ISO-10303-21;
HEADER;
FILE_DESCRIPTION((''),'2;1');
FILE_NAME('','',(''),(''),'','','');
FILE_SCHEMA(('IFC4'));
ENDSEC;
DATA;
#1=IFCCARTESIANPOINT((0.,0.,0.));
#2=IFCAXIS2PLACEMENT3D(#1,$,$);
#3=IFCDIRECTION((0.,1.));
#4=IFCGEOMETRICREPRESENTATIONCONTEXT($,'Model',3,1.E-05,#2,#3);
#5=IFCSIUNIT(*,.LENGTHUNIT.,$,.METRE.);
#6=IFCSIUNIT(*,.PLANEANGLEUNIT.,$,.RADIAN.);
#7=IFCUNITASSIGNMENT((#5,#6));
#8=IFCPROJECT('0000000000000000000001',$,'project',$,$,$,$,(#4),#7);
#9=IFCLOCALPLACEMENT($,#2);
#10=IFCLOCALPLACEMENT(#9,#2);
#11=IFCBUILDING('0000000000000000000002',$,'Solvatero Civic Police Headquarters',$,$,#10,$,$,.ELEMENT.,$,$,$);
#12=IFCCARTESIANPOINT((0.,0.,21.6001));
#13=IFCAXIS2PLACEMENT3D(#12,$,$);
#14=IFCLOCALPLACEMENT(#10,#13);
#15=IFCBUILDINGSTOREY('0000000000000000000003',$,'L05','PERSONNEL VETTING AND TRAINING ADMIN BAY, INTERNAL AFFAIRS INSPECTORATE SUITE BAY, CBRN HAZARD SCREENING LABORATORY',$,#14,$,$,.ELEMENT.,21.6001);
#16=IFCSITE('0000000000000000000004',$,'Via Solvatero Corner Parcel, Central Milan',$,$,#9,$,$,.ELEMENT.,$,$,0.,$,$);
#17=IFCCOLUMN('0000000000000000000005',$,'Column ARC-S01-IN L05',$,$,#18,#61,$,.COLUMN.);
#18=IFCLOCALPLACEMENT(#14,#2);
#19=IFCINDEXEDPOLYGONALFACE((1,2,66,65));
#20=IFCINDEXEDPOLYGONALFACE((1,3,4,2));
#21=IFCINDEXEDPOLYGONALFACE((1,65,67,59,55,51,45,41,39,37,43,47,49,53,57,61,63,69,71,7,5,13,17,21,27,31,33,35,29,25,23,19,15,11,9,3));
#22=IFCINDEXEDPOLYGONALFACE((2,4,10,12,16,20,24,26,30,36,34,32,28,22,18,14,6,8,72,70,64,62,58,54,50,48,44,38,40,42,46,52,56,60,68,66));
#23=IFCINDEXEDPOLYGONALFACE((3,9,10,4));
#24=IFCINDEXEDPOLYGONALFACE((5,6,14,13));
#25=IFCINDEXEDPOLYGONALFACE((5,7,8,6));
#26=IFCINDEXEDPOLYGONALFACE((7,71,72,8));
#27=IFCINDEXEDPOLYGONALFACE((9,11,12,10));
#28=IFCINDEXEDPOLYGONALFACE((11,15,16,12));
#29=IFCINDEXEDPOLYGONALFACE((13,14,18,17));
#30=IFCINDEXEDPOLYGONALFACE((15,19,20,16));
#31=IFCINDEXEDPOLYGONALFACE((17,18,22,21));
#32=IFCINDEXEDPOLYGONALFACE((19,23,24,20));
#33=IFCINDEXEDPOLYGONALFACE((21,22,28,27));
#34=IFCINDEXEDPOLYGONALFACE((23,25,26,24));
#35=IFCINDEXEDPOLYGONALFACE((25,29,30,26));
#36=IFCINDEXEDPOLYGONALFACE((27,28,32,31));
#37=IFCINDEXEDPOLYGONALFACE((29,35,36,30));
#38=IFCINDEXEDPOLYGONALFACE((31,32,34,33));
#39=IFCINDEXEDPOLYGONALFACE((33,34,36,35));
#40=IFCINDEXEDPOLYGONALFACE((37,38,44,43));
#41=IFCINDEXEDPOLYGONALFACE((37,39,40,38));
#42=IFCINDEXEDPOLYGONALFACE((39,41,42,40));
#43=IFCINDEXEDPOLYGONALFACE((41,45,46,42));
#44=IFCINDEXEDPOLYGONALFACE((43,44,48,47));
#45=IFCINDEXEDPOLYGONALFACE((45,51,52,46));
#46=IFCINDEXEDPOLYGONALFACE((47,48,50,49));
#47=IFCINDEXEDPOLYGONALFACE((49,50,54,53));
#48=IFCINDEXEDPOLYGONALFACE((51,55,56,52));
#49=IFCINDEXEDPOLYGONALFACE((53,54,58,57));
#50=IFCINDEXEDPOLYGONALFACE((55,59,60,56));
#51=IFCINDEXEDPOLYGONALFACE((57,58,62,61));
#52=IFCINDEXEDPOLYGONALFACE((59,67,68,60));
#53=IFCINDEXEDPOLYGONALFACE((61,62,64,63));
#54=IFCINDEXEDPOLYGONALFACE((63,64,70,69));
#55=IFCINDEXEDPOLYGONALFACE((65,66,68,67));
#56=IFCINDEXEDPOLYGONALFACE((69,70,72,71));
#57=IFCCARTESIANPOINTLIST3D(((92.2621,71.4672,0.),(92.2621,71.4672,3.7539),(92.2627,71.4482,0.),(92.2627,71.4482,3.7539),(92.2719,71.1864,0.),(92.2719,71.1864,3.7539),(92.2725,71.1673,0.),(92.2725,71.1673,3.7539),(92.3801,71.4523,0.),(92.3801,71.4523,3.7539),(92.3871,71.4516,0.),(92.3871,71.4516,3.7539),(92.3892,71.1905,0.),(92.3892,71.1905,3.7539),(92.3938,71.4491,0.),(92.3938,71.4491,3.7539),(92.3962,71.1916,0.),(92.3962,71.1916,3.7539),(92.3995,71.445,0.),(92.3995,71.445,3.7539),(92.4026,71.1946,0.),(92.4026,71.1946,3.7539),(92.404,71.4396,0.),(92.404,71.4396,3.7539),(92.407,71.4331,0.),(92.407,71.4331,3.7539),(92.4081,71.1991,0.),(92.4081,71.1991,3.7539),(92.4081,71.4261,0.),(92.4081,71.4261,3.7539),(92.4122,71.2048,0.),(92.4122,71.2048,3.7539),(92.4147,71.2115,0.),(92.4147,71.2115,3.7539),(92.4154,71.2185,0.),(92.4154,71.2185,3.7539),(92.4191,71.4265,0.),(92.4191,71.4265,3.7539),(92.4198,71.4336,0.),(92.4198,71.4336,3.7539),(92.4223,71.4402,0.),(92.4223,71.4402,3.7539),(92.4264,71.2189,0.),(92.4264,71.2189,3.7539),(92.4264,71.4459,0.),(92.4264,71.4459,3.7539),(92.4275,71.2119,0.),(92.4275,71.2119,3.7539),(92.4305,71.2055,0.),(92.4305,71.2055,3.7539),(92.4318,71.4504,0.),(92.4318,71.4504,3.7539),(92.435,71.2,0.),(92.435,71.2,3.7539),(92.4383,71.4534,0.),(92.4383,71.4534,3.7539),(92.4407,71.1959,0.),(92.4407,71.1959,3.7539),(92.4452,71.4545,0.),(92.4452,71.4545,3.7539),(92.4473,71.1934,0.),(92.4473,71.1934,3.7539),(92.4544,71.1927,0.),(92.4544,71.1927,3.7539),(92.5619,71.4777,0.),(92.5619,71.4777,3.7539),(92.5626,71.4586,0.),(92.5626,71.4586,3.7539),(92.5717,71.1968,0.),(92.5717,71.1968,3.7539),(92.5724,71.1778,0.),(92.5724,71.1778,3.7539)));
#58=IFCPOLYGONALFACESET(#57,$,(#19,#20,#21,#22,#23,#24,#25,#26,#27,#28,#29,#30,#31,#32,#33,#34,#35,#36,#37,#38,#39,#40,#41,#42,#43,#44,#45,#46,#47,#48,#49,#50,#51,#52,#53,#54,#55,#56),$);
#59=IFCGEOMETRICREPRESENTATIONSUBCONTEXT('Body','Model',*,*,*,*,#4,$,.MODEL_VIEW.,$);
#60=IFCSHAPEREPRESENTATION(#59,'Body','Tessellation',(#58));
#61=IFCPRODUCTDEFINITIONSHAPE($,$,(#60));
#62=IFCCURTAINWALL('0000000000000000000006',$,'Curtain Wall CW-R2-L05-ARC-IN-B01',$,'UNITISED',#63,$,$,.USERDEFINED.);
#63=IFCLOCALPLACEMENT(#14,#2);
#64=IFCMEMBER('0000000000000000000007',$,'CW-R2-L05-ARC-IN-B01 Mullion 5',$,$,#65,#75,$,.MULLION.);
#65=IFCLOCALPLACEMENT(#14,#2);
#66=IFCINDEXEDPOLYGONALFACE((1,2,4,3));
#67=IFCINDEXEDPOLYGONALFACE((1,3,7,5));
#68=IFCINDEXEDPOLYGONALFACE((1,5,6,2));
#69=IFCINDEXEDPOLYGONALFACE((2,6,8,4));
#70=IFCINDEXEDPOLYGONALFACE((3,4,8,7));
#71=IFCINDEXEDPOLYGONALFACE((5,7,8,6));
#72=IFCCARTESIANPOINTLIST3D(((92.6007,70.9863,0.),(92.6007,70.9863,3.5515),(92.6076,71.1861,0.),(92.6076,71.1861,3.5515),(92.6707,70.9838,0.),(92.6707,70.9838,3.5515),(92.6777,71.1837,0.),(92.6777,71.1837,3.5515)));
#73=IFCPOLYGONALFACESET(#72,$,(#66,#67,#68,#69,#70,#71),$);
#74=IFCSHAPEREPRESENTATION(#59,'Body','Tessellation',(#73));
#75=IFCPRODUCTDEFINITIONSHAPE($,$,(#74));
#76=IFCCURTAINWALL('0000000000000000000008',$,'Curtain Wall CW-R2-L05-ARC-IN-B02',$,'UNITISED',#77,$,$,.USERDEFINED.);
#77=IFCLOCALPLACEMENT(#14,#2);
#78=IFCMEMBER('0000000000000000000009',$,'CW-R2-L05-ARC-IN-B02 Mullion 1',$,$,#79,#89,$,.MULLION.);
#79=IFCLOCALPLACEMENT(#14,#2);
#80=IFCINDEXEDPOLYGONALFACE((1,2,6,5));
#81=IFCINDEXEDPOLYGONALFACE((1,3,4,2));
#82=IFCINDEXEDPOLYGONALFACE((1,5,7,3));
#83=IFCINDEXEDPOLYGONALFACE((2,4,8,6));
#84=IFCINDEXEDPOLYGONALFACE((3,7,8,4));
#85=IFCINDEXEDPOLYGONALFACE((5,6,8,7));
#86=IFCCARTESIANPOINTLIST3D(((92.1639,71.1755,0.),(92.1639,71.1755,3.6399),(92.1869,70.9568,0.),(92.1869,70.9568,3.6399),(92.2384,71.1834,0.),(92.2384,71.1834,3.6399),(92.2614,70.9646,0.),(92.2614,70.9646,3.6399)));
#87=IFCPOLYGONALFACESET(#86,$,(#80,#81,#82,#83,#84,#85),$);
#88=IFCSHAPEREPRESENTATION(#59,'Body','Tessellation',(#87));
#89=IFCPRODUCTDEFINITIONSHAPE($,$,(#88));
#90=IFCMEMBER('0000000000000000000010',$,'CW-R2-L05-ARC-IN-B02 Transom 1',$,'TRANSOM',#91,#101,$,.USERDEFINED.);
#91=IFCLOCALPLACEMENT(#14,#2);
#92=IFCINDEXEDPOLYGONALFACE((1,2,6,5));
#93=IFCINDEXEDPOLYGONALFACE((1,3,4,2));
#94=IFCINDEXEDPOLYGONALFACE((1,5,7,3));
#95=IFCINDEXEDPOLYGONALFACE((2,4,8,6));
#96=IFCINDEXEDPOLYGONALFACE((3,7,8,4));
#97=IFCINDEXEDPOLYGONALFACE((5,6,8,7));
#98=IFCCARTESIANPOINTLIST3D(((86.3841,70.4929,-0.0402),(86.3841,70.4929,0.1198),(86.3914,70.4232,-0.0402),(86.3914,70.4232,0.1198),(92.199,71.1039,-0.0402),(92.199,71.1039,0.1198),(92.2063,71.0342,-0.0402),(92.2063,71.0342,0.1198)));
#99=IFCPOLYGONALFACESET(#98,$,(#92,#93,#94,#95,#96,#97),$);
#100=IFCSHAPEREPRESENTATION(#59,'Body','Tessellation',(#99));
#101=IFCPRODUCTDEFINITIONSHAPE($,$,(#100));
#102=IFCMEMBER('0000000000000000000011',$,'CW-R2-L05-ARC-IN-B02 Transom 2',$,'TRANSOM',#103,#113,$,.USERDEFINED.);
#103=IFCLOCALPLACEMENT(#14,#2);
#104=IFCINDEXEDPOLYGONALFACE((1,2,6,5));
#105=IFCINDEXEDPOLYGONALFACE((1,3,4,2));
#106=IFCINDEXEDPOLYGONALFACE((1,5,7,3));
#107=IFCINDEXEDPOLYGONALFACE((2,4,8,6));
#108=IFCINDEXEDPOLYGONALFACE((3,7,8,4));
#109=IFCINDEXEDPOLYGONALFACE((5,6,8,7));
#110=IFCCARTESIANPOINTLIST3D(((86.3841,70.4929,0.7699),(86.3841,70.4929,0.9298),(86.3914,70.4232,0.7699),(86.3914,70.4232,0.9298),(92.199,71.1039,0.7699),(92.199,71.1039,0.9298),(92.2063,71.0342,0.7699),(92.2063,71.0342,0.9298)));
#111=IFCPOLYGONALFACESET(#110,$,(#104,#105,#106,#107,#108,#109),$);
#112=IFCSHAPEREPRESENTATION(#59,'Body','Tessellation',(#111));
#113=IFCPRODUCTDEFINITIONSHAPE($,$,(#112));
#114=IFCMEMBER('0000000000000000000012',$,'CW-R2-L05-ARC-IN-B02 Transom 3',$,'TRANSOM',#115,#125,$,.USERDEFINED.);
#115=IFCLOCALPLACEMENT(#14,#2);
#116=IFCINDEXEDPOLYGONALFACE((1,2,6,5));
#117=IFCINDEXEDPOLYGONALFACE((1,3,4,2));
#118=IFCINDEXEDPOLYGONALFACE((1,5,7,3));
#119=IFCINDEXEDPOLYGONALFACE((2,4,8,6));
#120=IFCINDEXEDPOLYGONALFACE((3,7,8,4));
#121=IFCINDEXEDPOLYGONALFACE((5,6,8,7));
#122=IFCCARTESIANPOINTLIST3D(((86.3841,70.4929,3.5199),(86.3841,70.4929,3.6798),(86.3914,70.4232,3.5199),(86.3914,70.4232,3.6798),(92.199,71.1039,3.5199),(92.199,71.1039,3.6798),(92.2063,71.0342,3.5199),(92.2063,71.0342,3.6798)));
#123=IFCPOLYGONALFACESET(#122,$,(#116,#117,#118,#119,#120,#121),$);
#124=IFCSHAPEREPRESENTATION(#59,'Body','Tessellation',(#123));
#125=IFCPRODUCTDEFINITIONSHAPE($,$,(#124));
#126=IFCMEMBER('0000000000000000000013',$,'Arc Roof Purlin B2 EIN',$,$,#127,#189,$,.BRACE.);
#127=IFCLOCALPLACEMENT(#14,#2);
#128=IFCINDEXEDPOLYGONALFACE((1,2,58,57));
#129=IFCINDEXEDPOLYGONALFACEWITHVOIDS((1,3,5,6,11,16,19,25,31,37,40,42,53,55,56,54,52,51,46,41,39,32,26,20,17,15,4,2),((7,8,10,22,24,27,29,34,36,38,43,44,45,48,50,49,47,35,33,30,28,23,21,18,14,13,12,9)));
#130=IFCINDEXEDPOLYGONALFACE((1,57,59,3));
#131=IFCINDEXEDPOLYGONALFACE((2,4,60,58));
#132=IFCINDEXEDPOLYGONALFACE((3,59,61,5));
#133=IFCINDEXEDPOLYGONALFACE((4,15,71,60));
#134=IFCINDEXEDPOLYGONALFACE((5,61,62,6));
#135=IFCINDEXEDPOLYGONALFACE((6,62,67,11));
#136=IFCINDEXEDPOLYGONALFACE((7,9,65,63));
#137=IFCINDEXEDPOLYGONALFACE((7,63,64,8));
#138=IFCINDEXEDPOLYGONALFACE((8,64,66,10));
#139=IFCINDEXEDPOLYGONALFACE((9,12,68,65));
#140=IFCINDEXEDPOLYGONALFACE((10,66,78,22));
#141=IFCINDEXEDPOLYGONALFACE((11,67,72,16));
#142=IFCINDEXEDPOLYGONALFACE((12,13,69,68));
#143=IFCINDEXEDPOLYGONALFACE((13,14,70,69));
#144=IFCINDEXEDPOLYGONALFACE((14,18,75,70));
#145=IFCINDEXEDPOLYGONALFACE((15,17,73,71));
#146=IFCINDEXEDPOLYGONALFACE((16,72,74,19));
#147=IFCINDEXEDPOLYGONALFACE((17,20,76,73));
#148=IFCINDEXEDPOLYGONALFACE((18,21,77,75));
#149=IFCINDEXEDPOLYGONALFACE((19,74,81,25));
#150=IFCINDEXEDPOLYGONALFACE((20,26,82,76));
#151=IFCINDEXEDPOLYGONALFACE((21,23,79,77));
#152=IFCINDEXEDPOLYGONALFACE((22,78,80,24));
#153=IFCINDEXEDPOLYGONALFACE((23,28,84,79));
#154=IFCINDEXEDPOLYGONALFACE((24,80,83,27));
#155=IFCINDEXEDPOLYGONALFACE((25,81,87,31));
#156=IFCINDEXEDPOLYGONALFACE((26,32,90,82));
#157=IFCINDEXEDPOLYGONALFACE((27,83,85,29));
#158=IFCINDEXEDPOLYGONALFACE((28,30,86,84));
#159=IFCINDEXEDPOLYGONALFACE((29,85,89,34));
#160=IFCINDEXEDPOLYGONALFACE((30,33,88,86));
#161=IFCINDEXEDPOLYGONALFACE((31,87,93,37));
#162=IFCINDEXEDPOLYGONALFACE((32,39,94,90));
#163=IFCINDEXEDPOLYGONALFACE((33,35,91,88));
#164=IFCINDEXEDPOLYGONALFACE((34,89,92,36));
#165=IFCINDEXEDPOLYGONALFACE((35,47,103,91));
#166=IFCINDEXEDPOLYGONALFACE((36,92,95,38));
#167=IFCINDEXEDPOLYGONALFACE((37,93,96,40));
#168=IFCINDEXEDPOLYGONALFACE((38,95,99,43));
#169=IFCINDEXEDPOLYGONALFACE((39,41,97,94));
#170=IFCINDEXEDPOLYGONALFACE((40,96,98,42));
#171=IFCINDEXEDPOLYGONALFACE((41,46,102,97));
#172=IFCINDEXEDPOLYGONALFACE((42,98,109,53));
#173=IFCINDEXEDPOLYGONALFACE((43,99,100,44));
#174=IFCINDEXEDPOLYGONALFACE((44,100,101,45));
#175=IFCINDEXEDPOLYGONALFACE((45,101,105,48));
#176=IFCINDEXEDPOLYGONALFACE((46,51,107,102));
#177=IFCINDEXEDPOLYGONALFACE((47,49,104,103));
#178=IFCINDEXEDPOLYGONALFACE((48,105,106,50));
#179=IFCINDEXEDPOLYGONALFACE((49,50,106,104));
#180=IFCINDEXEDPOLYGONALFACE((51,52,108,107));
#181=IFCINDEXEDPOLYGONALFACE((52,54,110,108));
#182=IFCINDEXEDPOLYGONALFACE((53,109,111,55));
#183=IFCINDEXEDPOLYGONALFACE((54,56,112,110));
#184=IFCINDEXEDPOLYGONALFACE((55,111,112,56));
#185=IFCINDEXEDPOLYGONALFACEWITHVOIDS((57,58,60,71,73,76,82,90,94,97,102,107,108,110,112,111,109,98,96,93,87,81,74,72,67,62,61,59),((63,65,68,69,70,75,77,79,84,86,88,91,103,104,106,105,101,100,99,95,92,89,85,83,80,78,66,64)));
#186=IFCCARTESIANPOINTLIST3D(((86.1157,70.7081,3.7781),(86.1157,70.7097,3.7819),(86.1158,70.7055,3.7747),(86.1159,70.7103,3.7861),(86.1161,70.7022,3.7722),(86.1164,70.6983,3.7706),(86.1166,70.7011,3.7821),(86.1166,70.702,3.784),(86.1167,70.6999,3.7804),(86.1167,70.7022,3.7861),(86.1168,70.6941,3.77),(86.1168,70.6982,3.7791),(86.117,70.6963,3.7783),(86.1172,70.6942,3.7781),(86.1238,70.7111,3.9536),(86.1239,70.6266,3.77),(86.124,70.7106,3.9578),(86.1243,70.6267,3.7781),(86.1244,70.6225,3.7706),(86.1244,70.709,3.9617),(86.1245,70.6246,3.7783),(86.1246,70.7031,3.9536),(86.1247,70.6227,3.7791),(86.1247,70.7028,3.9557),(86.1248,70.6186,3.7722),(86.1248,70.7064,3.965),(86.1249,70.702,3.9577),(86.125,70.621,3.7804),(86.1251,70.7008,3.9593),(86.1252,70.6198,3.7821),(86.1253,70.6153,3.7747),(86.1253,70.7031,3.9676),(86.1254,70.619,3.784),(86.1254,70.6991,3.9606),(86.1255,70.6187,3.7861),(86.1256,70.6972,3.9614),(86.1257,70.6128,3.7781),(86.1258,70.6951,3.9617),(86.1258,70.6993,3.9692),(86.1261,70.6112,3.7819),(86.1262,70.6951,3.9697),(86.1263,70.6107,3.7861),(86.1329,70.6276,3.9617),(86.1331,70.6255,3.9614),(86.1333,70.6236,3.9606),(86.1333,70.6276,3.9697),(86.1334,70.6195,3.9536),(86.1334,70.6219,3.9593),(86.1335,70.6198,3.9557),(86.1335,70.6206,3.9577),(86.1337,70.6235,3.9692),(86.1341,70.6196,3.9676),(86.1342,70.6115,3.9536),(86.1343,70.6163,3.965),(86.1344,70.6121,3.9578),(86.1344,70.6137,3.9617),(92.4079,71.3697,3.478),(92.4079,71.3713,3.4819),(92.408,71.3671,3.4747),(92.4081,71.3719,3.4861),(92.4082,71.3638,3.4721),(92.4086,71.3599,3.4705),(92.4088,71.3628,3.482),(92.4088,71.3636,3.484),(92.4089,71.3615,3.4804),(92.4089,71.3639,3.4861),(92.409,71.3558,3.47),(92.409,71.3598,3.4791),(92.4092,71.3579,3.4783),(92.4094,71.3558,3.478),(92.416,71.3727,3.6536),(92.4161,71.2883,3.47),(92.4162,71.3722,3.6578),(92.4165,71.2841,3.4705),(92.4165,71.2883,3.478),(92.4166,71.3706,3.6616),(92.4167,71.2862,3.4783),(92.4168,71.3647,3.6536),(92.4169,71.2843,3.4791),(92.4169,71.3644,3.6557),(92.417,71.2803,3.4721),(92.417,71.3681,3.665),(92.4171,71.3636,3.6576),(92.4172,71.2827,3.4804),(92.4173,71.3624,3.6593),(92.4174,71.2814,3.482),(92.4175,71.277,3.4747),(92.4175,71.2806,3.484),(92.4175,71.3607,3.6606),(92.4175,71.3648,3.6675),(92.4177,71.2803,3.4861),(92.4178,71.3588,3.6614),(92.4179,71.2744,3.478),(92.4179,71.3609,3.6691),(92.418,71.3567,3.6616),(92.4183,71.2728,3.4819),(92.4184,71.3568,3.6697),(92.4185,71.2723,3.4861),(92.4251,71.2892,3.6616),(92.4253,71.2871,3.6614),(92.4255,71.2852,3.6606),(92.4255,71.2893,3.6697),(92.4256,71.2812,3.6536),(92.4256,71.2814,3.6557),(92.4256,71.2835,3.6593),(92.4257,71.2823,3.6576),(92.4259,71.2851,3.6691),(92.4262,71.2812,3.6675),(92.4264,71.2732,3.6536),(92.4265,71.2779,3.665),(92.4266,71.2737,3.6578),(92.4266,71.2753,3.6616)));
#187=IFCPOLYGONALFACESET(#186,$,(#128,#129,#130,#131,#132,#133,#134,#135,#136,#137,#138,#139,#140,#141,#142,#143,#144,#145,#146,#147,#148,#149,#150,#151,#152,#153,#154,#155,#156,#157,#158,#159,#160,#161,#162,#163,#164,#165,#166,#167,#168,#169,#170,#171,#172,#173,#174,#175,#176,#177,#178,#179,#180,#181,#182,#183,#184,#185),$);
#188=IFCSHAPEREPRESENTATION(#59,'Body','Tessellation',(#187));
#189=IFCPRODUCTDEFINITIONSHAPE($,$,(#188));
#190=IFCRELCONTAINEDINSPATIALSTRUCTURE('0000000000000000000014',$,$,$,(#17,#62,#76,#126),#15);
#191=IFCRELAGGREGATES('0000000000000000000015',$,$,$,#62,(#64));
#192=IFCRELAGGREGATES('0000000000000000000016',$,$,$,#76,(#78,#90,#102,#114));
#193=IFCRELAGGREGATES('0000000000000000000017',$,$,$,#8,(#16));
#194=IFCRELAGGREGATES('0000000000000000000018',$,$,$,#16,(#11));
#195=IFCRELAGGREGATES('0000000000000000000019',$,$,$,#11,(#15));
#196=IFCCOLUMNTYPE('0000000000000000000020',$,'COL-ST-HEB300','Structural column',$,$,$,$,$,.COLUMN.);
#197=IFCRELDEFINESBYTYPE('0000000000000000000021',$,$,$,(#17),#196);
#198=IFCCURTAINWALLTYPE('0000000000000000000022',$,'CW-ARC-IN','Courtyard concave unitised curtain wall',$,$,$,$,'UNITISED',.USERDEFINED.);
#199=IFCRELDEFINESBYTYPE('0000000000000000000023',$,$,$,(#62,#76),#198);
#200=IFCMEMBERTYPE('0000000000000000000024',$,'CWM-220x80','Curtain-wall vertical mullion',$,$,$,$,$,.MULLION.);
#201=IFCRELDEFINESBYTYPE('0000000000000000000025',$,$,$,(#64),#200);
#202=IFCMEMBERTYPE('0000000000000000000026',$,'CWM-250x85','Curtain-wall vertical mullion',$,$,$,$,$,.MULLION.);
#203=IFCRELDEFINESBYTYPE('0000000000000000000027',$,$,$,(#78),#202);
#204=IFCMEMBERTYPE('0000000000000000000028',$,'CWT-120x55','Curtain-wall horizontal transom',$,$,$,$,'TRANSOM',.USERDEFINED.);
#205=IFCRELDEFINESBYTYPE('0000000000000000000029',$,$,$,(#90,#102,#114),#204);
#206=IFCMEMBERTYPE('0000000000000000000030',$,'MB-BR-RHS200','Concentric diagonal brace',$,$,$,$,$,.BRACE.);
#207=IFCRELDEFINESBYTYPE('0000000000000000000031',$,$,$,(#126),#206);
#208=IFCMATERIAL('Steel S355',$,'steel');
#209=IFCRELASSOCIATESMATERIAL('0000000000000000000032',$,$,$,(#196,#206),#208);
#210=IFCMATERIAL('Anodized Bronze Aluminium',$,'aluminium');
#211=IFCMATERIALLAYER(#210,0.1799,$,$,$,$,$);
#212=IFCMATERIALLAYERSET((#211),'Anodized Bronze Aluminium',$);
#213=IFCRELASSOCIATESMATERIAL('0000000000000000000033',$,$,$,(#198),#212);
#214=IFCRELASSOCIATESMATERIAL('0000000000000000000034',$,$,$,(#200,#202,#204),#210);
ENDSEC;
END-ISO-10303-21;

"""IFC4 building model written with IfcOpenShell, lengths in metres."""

from ifc_helpers import new_model, si_unit, direction, frame, origin, origin_2d, place, context, subcontext, project, spatial, rectangle, hollow_rectangle, i_section, extrude, material, layer, layer_set, material_profile, profile_set, type_object, element, aggregate, save


model = new_model("IFC4")

# Units and contexts
model_context = context("Model", 3, precision=1e-05, world=origin(), true_north=direction((0.0, 1.0)))
body_context = subcontext(model_context, "Body", "Model", "MODEL_VIEW")
ifc_project = project(units=[si_unit("LENGTHUNIT", "METRE"), si_unit("PLANEANGLEUNIT", "RADIAN")], contexts=[model_context])

# Site, building, storey
site_placement = place(None, origin())
site = spatial("IfcSite", under=ifc_project, at=site_placement, Name="Via Solvatero Corner Parcel, Central Milan", CompositionType="ELEMENT", RefElevation=0.0)
building_placement = place(site_placement, origin())
building = spatial("IfcBuilding", under=site, at=building_placement, Name="Solvatero Civic Police Headquarters", CompositionType="ELEMENT")
storey_placement = place(building_placement, frame((0.0, 0.0, 21.6001)))
storey = spatial("IfcBuildingStorey", under=building, at=storey_placement, Name="L05", Description="PERSONNEL VETTING AND TRAINING ADMIN BAY, INTERNAL AFFAIRS INSPECTORATE SUITE BAY, CBRN HAZARD SCREENING LABORATORY", CompositionType="ELEMENT", Elevation=21.6001)

# Column
ifc_material_1 = material(Name="Steel S355", Category="steel")
ifc_material_profile_1 = material_profile(ifc_material_1, i_section(OverallWidth=0.3, OverallDepth=0.3, WebThickness=0.011, FlangeThickness=0.019, FilletRadius=0.0271, at=origin_2d()), Name="HEB 300")
ifc_profile_set_1 = profile_set([ifc_material_profile_1], Name="Steel S355")
column_type = type_object("IfcColumnType", Name="COL-ST-HEB300", Description="Structural column", PredefinedType="COLUMN", material=ifc_profile_set_1)
column_placement = place(storey_placement, frame((92.4172, 71.3225, 0.0), z_axis=(0.0, 0.0, 1.0), x_axis=(0.999391, 0.034899, 0.0)))
element("IfcColumn", 1, at=column_placement, inside=storey, type_object=column_type, Name="Column ARC-S01-IN L05", PredefinedType="COLUMN", context=body_context, shape_type="SweptSolid", body=[
    extrude(i_section(OverallWidth=0.3, OverallDepth=0.3, WebThickness=0.011, FlangeThickness=0.019, FilletRadius=0.0271, at=origin_2d()), origin(), (0.0, 0.0, 1.0), 3.7539),
])

# Curtain wall, member
ifc_material_2 = material(Name="Anodized Bronze Aluminium", Category="aluminium")
ifc_layer_1 = layer(ifc_material_2, 0.1799)
ifc_layer_set_1 = layer_set([ifc_layer_1], Name="Anodized Bronze Aluminium")
curtain_wall_type = type_object("IfcCurtainWallType", Name="CW-ARC-IN", Description="Courtyard concave unitised curtain wall", ElementType="UNITISED", PredefinedType="USERDEFINED", material=ifc_layer_set_1)
curtain_wall_1_placement = place(storey_placement, origin())
curtain_wall_1 = element("IfcCurtainWall", 2, at=curtain_wall_1_placement, inside=storey, type_object=curtain_wall_type, Name="Curtain Wall CW-R2-L05-ARC-IN-B01", ObjectType="UNITISED", PredefinedType="USERDEFINED")
ifc_material_profile_2 = material_profile(ifc_material_2, rectangle(XDim=0.0701, YDim=0.2, at=origin_2d()), Name="ALU MULLION 70x200")
ifc_profile_set_2 = profile_set([ifc_material_profile_2], Name="Anodized Bronze Aluminium")
member_type_1 = type_object("IfcMemberType", Name="CWM-220x80", Description="Curtain-wall vertical mullion", PredefinedType="MULLION", material=ifc_profile_set_2)
member_1_placement = place(storey_placement, frame((92.6392, 71.085, 0.0), z_axis=(0.0, 0.0, 1.0), x_axis=(-0.999391, 0.034899, 0.0)))
member_1 = element("IfcMember", 3, at=member_1_placement, type_object=member_type_1, Name="CW-R2-L05-ARC-IN-B01 Mullion 5", PredefinedType="MULLION", context=body_context, shape_type="SweptSolid", body=[
    extrude(rectangle(XDim=0.0701, YDim=0.2, at=origin_2d()), origin(), (0.0, 0.0, 1.0), 3.5515),
])
aggregate(curtain_wall_1, [member_1])

# Curtain wall, members
curtain_wall_2_placement = place(storey_placement, origin())
curtain_wall_2 = element("IfcCurtainWall", 4, at=curtain_wall_2_placement, inside=storey, type_object=curtain_wall_type, Name="Curtain Wall CW-R2-L05-ARC-IN-B02", ObjectType="UNITISED", PredefinedType="USERDEFINED")
ifc_material_profile_3 = material_profile(ifc_material_2, rectangle(XDim=0.075, YDim=0.22, at=origin_2d()), Name="ALU MULLION 75x220")
ifc_profile_set_3 = profile_set([ifc_material_profile_3], Name="Anodized Bronze Aluminium")
member_type_2 = type_object("IfcMemberType", Name="CWM-250x85", Description="Curtain-wall vertical mullion", PredefinedType="MULLION", material=ifc_profile_set_3)
member_2_placement = place(storey_placement, frame((92.2126, 71.0701, 0.0), z_axis=(0.0, 0.0, 1.0), x_axis=(-0.994522, -0.104528, 0.0)))
member_2 = element("IfcMember", 5, at=member_2_placement, type_object=member_type_2, Name="CW-R2-L05-ARC-IN-B02 Mullion 1", PredefinedType="MULLION", context=body_context, shape_type="SweptSolid", body=[
    extrude(rectangle(XDim=0.075, YDim=0.22, at=origin_2d()), origin(), (0.0, 0.0, 1.0), 3.6399),
])
ifc_material_profile_4 = material_profile(ifc_material_2, rectangle(XDim=0.0701, YDim=0.1599, at=origin_2d()), Name="ALU TRANSOM 70x160")
ifc_profile_set_4 = profile_set([ifc_material_profile_4], Name="Anodized Bronze Aluminium")
member_type_3 = type_object("IfcMemberType", Name="CWT-120x55", Description="Curtain-wall horizontal transom", ElementType="TRANSOM", PredefinedType="USERDEFINED", material=ifc_profile_set_4)
member_3_placement = place(storey_placement, frame((92.2026, 71.0691, 0.0398), z_axis=(-0.994524, -0.104513, 0.0), x_axis=(0.104513, -0.994524, 0.0)))
member_3 = element("IfcMember", 6, at=member_3_placement, type_object=member_type_3, Name="CW-R2-L05-ARC-IN-B02 Transom 1", ObjectType="TRANSOM", PredefinedType="USERDEFINED", context=body_context, shape_type="SweptSolid", body=[
    extrude(rectangle(XDim=0.0701, YDim=0.1599, at=origin_2d()), origin(), (0.0, 0.0, 1.0), 5.8469),
])
member_4_placement = place(storey_placement, frame((92.2026, 71.0691, 0.8499), z_axis=(-0.994524, -0.104513, 0.0), x_axis=(0.104513, -0.994524, 0.0)))
member_4 = element("IfcMember", 7, at=member_4_placement, type_object=member_type_3, Name="CW-R2-L05-ARC-IN-B02 Transom 2", ObjectType="TRANSOM", PredefinedType="USERDEFINED", context=body_context, shape_type="SweptSolid", body=[
    extrude(rectangle(XDim=0.0701, YDim=0.1599, at=origin_2d()), origin(), (0.0, 0.0, 1.0), 5.8469),
])
member_5_placement = place(storey_placement, frame((92.2026, 71.0691, 3.5999), z_axis=(-0.994524, -0.104513, 0.0), x_axis=(0.104513, -0.994524, 0.0)))
member_5 = element("IfcMember", 8, at=member_5_placement, type_object=member_type_3, Name="CW-R2-L05-ARC-IN-B02 Transom 3", ObjectType="TRANSOM", PredefinedType="USERDEFINED", context=body_context, shape_type="SweptSolid", body=[
    extrude(rectangle(XDim=0.0701, YDim=0.1599, at=origin_2d()), origin(), (0.0, 0.0, 1.0), 5.8469),
])

# Member
ifc_material_profile_5 = material_profile(ifc_material_1, hollow_rectangle(XDim=0.1001, YDim=0.2, WallThickness=0.0081, InnerFilletRadius=0.0081, OuterFilletRadius=0.0161, at=origin_2d()), Name="RHS 200x100x8.0")
ifc_profile_set_5 = profile_set([ifc_material_profile_5], Name="Steel S355")
member_type_4 = type_object("IfcMemberType", Name="MB-BR-RHS200", Description="Concentric diagonal brace", PredefinedType="BRACE", material=ifc_profile_set_5)
member_6_placement = place(storey_placement, frame((92.4172, 71.3225, 3.5698), z_axis=(-0.993401, -0.104455, 0.047371), x_axis=(0.104572, -0.994517, 0.0)))
element("IfcMember", 9, at=member_6_placement, inside=storey, type_object=member_type_4, Name="Arc Roof Purlin B2 EIN", PredefinedType="BRACE", context=body_context, shape_type="SweptSolid", body=[
    extrude(hollow_rectangle(XDim=0.1001, YDim=0.2, WallThickness=0.0081, InnerFilletRadius=0.0081, OuterFilletRadius=0.0161, at=origin_2d()), origin(), (0.0, 0.0, 1.0), 6.334),
])

aggregate(curtain_wall_2, [member_2, member_3, member_4, member_5])

save(model, "model.ifc")
